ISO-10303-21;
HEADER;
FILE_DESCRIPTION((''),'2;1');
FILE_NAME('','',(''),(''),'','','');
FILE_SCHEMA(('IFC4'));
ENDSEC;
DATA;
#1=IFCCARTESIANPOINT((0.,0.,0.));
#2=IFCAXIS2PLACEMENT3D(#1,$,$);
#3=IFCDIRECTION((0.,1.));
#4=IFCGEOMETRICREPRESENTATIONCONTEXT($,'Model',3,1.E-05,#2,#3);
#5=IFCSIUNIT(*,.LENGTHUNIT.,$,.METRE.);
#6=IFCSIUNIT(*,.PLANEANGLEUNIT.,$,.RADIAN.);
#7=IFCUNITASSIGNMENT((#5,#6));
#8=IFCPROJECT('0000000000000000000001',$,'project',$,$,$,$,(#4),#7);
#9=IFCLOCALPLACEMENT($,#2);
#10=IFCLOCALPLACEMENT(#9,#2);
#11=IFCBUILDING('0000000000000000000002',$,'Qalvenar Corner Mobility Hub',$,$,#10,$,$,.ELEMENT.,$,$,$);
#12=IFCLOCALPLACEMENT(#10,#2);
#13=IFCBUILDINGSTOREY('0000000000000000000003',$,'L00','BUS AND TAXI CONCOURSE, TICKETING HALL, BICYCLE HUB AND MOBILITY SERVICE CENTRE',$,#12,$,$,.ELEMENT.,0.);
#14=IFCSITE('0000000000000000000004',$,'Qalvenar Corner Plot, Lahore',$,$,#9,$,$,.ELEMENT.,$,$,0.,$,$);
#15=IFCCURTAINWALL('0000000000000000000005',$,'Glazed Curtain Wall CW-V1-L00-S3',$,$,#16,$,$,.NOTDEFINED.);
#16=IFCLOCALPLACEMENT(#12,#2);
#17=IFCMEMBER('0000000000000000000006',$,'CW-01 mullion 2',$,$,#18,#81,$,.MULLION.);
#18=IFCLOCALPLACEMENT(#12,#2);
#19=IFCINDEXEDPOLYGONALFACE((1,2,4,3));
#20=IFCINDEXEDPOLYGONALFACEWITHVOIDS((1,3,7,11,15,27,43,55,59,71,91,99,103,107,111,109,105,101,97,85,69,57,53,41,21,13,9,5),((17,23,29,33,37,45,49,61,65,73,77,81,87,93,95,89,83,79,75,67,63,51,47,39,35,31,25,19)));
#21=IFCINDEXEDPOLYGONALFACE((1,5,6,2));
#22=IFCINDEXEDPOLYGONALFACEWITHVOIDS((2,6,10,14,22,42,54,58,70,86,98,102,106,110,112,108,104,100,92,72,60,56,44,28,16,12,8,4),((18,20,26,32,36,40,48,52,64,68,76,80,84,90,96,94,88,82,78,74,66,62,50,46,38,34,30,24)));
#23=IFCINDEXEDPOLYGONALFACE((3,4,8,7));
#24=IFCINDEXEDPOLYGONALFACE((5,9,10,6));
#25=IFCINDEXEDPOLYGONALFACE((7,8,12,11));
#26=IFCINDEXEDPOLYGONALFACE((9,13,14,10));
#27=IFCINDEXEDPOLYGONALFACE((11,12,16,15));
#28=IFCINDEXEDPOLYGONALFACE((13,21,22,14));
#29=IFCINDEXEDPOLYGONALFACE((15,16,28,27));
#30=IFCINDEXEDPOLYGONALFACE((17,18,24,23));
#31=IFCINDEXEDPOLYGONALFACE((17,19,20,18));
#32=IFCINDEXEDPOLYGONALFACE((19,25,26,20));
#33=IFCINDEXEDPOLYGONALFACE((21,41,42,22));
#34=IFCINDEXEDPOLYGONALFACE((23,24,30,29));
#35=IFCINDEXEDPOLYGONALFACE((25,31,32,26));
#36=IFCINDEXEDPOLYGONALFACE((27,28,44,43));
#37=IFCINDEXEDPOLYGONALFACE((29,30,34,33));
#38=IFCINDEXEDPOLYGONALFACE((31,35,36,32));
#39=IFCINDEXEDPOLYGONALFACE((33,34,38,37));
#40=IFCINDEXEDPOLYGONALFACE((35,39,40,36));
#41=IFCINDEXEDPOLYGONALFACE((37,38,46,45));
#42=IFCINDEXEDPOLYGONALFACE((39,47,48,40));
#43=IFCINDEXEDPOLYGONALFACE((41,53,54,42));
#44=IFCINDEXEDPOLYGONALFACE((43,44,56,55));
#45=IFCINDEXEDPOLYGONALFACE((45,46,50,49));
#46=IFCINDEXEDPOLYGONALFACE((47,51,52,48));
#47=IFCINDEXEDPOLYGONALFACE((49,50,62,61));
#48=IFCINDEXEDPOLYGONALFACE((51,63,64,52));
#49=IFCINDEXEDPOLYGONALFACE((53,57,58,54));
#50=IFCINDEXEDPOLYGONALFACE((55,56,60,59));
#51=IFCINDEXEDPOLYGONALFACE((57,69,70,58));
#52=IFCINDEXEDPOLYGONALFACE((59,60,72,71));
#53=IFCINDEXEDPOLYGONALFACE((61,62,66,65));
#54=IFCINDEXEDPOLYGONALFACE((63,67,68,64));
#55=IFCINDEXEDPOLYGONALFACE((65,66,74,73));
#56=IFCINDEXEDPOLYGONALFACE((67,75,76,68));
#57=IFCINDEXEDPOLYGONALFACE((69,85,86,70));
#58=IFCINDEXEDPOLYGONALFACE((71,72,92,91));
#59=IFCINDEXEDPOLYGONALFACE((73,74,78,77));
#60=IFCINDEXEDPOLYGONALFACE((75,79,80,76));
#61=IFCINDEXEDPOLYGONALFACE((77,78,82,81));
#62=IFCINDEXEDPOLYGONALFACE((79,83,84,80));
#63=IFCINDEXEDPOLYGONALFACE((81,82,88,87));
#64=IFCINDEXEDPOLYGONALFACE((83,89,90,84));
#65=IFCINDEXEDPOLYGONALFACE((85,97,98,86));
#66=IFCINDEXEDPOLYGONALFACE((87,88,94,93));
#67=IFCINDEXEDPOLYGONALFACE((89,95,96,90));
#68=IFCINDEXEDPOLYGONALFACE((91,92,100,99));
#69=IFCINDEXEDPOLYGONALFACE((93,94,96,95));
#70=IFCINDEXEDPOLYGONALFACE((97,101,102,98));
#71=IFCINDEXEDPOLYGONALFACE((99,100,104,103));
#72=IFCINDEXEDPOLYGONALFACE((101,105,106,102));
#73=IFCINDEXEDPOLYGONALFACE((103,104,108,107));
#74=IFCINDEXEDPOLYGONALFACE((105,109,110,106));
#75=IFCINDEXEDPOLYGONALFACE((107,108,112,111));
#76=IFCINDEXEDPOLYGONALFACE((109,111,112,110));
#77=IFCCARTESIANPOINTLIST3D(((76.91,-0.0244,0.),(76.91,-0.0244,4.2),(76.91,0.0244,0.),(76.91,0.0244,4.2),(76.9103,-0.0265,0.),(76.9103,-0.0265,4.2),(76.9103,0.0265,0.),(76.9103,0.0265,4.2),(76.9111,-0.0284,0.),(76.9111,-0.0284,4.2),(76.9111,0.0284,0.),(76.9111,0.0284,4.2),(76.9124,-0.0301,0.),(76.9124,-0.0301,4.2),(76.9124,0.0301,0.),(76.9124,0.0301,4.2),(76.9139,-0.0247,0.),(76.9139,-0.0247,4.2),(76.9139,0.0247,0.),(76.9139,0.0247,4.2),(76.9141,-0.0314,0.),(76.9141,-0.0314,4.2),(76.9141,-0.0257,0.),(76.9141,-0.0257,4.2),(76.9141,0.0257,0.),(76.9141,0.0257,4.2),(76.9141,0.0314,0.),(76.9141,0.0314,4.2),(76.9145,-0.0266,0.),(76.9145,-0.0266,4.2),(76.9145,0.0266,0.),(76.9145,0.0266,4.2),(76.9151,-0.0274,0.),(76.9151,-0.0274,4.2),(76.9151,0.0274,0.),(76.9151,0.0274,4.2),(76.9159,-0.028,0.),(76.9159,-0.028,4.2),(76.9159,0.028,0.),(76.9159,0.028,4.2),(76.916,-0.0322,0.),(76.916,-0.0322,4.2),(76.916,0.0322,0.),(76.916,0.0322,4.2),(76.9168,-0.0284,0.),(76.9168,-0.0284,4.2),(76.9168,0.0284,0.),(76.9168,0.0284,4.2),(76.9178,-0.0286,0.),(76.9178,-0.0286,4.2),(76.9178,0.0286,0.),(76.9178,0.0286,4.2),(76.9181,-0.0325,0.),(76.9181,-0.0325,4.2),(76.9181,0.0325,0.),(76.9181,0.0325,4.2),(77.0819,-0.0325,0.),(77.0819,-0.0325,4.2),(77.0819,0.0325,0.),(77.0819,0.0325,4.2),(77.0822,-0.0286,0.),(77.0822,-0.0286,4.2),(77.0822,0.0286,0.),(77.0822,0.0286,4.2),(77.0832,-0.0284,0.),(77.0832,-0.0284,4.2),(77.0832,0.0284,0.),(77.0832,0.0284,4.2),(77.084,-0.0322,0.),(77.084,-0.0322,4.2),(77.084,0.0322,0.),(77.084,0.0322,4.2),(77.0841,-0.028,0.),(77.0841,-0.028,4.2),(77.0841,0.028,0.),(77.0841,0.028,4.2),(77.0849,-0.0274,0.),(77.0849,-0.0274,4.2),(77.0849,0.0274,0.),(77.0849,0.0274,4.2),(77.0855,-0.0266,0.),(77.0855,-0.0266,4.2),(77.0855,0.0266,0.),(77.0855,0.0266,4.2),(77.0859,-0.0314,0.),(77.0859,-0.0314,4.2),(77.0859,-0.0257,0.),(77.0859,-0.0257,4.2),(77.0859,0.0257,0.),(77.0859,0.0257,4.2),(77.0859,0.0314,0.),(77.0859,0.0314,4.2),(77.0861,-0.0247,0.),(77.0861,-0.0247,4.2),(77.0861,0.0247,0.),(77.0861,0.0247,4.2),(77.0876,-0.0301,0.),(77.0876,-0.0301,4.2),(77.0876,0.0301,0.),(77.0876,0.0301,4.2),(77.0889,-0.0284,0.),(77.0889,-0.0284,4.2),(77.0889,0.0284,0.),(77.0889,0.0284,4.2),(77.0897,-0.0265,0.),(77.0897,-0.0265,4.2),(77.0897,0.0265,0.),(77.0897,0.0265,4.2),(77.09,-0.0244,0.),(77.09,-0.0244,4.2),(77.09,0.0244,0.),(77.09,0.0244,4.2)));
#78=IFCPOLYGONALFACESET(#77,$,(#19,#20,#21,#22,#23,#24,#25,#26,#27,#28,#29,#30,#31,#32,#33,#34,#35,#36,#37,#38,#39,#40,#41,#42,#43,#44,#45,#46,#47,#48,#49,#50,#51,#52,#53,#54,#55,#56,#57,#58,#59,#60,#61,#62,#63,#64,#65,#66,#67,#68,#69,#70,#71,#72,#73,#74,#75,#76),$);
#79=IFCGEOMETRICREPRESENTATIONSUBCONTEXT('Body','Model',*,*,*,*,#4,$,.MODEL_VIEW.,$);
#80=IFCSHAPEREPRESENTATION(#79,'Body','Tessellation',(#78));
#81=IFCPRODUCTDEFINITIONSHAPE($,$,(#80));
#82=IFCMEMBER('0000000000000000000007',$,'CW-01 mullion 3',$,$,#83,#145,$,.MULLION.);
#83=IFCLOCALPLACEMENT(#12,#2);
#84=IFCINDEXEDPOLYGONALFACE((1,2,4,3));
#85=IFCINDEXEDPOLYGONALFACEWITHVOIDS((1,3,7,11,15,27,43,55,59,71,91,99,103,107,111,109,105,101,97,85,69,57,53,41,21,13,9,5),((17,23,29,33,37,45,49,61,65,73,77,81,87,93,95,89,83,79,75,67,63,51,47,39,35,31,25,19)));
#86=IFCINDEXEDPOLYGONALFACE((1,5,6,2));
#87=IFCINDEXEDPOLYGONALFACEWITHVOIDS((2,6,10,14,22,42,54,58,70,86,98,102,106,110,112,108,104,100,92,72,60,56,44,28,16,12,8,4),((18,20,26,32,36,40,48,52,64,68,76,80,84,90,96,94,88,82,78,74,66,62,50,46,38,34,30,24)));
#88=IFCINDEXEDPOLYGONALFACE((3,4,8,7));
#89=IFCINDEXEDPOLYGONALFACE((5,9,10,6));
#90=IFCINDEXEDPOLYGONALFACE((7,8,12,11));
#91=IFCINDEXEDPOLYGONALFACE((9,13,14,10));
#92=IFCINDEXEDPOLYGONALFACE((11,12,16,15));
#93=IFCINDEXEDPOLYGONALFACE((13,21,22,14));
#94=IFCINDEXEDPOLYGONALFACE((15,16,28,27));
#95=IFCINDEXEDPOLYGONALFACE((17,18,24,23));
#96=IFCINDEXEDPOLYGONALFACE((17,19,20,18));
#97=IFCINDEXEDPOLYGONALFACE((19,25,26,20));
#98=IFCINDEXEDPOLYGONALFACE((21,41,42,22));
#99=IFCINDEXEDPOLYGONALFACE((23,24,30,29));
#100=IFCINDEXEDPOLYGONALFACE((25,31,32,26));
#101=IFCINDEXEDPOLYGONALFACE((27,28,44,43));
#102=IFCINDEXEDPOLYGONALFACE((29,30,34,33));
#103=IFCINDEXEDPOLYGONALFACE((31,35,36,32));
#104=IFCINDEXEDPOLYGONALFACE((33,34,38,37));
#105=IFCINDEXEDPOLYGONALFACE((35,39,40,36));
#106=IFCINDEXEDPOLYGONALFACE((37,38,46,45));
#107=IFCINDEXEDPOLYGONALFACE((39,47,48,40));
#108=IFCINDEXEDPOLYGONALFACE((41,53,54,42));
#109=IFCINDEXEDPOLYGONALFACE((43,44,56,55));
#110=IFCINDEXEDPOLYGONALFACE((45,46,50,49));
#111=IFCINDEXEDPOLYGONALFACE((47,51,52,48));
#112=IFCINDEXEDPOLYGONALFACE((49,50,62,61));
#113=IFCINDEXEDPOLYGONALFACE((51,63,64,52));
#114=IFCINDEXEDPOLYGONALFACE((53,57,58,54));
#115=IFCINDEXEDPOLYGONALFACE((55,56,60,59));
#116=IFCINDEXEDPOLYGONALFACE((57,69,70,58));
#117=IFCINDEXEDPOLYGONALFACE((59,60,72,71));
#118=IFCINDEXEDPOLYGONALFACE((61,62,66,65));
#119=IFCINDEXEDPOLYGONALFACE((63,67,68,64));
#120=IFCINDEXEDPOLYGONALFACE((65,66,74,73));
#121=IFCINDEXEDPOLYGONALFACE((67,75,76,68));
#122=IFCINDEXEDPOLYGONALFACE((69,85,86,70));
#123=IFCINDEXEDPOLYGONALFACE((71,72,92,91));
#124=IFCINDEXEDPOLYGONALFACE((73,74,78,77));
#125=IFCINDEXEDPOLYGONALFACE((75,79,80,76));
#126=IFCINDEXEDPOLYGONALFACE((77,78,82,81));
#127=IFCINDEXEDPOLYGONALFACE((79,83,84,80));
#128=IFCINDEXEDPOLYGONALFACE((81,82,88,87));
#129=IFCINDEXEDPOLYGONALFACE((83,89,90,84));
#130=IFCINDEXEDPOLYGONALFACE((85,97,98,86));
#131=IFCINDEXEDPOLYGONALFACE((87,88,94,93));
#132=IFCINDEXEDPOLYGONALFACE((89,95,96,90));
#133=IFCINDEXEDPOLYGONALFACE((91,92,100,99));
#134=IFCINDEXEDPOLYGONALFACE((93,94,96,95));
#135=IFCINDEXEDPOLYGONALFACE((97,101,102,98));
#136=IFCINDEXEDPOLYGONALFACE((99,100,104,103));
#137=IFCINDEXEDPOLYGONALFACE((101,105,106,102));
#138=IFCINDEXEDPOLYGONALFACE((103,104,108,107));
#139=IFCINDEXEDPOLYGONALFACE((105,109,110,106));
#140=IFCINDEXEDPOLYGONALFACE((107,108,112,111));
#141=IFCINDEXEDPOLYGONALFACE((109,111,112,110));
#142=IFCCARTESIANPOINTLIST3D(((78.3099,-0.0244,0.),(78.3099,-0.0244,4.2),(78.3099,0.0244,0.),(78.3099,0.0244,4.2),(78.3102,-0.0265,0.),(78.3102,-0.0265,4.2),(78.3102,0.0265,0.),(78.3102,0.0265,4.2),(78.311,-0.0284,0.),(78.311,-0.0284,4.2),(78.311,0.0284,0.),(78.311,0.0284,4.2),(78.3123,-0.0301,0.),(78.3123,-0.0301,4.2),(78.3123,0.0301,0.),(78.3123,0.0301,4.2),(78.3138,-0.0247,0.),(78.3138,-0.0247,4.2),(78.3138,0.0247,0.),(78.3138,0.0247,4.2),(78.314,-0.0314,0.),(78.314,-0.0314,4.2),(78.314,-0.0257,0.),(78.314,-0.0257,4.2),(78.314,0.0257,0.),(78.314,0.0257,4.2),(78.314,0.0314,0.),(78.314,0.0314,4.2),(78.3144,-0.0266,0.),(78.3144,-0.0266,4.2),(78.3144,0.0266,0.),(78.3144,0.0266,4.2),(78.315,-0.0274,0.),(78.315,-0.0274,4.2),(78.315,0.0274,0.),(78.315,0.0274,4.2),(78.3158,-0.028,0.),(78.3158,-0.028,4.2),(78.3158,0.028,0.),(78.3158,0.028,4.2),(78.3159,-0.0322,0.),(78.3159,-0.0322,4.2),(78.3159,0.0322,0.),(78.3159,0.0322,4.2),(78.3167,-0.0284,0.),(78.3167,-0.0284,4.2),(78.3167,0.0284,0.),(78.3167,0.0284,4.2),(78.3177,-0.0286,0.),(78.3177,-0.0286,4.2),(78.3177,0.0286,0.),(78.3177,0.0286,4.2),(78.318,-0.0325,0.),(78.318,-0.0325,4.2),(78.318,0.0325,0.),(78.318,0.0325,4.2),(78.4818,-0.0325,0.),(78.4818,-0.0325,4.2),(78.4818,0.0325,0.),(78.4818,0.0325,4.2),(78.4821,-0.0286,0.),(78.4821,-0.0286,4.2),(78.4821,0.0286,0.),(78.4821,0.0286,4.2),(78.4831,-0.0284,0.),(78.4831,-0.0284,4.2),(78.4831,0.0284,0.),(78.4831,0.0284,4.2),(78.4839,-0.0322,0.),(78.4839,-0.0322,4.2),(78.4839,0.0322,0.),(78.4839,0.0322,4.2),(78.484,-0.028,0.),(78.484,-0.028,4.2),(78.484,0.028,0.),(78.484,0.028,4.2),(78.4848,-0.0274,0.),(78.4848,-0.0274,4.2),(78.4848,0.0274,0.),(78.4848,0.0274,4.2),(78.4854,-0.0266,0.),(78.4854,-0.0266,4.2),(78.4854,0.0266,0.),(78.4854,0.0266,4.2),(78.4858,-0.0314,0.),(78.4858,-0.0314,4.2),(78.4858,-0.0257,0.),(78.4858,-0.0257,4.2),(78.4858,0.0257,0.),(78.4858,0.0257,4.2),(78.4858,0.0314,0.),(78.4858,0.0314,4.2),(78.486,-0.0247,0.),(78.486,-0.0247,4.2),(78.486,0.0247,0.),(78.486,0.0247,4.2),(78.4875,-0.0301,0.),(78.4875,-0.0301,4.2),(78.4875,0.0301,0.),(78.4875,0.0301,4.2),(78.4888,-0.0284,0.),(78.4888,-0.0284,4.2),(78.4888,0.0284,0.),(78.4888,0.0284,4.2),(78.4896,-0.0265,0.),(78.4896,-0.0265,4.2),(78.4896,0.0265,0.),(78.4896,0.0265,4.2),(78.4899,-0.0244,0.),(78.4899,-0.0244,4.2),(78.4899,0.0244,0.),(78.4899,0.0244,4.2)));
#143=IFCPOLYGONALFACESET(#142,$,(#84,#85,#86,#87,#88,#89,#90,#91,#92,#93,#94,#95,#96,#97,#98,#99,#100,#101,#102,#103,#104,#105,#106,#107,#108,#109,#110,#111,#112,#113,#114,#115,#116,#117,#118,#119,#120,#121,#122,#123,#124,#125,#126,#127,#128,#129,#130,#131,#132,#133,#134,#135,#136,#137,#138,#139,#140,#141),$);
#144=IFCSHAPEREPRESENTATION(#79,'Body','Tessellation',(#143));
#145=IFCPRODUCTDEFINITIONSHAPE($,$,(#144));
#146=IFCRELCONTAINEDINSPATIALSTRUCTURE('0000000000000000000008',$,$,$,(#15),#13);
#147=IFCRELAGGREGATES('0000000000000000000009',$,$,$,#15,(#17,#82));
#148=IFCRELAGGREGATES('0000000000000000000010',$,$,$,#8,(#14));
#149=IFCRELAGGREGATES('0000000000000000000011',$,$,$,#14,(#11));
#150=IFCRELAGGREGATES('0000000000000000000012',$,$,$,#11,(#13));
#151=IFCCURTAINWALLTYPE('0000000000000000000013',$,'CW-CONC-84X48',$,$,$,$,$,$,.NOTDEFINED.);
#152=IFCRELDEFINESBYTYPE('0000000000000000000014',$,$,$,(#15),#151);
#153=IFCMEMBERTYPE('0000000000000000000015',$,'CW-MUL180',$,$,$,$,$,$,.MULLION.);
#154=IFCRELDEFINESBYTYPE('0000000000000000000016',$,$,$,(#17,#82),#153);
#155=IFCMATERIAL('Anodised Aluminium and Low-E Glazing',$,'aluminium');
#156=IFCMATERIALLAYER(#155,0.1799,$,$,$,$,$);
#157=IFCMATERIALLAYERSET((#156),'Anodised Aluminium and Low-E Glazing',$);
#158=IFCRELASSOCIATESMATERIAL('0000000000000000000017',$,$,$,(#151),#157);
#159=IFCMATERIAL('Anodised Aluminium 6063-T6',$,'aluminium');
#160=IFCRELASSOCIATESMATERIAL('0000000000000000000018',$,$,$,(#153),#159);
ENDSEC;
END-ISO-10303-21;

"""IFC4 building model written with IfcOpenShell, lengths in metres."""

from ifc_helpers import new_model, si_unit, direction, frame, origin, origin_2d, place, context, subcontext, project, spatial, hollow_rectangle, extrude, material, layer, layer_set, material_profile, profile_set, type_object, element, aggregate, save


model = new_model("IFC4")

# Units and contexts
model_context = context("Model", 3, precision=1e-05, world=origin(), true_north=direction((0.0, 1.0)))
body_context = subcontext(model_context, "Body", "Model", "MODEL_VIEW")
ifc_project = project(units=[si_unit("LENGTHUNIT", "METRE"), si_unit("PLANEANGLEUNIT", "RADIAN")], contexts=[model_context])

# Site, building, storey
site_placement = place(None, origin())
site = spatial("IfcSite", under=ifc_project, at=site_placement, Name="Qalvenar Corner Plot, Lahore", CompositionType="ELEMENT", RefElevation=0.0)
building_placement = place(site_placement, origin())
building = spatial("IfcBuilding", under=site, at=building_placement, Name="Qalvenar Corner Mobility Hub", CompositionType="ELEMENT")
storey_placement = place(building_placement, origin())
storey = spatial("IfcBuildingStorey", under=building, at=storey_placement, Name="L00", Description="BUS AND TAXI CONCOURSE, TICKETING HALL, BICYCLE HUB AND MOBILITY SERVICE CENTRE", CompositionType="ELEMENT", Elevation=0.0)

# Curtain wall, members
ifc_material_1 = material(Name="Anodised Aluminium and Low-E Glazing", Category="aluminium")
ifc_layer_1 = layer(ifc_material_1, 0.1799)
ifc_layer_set_1 = layer_set([ifc_layer_1], Name="Anodised Aluminium and Low-E Glazing")
curtain_wall_type = type_object("IfcCurtainWallType", Name="CW-CONC-84X48", PredefinedType="NOTDEFINED", material=ifc_layer_set_1)
curtain_wall_placement = place(storey_placement, origin())
curtain_wall = element("IfcCurtainWall", 1, at=curtain_wall_placement, inside=storey, type_object=curtain_wall_type, Name="Glazed Curtain Wall CW-V1-L00-S3", PredefinedType="NOTDEFINED")
ifc_material_2 = material(Name="Anodised Aluminium 6063-T6", Category="aluminium")
ifc_material_profile_1 = material_profile(ifc_material_2, hollow_rectangle(XDim=0.0649, YDim=0.1799, WallThickness=0.0039, InnerFilletRadius=0.0039, OuterFilletRadius=0.0081, at=origin_2d()), Name="RHS180x65x4")
ifc_profile_set_1 = profile_set([ifc_material_profile_1], Name="Anodised Aluminium 6063-T6")
member_type_1 = type_object("IfcMemberType", Name="CW-MUL180", PredefinedType="MULLION", material=ifc_profile_set_1)
member_1_placement = place(storey_placement, frame((77.0, 0.0, 0.0), z_axis=(0.0, 0.0, 1.0), x_axis=(0.0, 1.0, 0.0)))
member_1 = element("IfcMember", 2, at=member_1_placement, type_object=member_type_1, Name="CW-01 mullion 2", PredefinedType="MULLION", context=body_context, shape_type="SweptSolid", body=[
    extrude(hollow_rectangle(XDim=0.0649, YDim=0.1799, WallThickness=0.0039, InnerFilletRadius=0.0039, OuterFilletRadius=0.0081, at=origin_2d()), origin(), (0.0, 0.0, 1.0), 4.2),
])
member_2_placement = place(storey_placement, frame((78.3999, 0.0, 0.0), z_axis=(0.0, 0.0, 1.0), x_axis=(0.0, 1.0, 0.0)))
member_2 = element("IfcMember", 3, at=member_2_placement, type_object=member_type_1, Name="CW-01 mullion 3", PredefinedType="MULLION", context=body_context, shape_type="SweptSolid", body=[
    extrude(hollow_rectangle(XDim=0.0649, YDim=0.1799, WallThickness=0.0039, InnerFilletRadius=0.0039, OuterFilletRadius=0.0081, at=origin_2d()), origin(), (0.0, 0.0, 1.0), 4.2),
])
aggregate(curtain_wall, [member_1, member_2])

save(model, "model.ifc")
